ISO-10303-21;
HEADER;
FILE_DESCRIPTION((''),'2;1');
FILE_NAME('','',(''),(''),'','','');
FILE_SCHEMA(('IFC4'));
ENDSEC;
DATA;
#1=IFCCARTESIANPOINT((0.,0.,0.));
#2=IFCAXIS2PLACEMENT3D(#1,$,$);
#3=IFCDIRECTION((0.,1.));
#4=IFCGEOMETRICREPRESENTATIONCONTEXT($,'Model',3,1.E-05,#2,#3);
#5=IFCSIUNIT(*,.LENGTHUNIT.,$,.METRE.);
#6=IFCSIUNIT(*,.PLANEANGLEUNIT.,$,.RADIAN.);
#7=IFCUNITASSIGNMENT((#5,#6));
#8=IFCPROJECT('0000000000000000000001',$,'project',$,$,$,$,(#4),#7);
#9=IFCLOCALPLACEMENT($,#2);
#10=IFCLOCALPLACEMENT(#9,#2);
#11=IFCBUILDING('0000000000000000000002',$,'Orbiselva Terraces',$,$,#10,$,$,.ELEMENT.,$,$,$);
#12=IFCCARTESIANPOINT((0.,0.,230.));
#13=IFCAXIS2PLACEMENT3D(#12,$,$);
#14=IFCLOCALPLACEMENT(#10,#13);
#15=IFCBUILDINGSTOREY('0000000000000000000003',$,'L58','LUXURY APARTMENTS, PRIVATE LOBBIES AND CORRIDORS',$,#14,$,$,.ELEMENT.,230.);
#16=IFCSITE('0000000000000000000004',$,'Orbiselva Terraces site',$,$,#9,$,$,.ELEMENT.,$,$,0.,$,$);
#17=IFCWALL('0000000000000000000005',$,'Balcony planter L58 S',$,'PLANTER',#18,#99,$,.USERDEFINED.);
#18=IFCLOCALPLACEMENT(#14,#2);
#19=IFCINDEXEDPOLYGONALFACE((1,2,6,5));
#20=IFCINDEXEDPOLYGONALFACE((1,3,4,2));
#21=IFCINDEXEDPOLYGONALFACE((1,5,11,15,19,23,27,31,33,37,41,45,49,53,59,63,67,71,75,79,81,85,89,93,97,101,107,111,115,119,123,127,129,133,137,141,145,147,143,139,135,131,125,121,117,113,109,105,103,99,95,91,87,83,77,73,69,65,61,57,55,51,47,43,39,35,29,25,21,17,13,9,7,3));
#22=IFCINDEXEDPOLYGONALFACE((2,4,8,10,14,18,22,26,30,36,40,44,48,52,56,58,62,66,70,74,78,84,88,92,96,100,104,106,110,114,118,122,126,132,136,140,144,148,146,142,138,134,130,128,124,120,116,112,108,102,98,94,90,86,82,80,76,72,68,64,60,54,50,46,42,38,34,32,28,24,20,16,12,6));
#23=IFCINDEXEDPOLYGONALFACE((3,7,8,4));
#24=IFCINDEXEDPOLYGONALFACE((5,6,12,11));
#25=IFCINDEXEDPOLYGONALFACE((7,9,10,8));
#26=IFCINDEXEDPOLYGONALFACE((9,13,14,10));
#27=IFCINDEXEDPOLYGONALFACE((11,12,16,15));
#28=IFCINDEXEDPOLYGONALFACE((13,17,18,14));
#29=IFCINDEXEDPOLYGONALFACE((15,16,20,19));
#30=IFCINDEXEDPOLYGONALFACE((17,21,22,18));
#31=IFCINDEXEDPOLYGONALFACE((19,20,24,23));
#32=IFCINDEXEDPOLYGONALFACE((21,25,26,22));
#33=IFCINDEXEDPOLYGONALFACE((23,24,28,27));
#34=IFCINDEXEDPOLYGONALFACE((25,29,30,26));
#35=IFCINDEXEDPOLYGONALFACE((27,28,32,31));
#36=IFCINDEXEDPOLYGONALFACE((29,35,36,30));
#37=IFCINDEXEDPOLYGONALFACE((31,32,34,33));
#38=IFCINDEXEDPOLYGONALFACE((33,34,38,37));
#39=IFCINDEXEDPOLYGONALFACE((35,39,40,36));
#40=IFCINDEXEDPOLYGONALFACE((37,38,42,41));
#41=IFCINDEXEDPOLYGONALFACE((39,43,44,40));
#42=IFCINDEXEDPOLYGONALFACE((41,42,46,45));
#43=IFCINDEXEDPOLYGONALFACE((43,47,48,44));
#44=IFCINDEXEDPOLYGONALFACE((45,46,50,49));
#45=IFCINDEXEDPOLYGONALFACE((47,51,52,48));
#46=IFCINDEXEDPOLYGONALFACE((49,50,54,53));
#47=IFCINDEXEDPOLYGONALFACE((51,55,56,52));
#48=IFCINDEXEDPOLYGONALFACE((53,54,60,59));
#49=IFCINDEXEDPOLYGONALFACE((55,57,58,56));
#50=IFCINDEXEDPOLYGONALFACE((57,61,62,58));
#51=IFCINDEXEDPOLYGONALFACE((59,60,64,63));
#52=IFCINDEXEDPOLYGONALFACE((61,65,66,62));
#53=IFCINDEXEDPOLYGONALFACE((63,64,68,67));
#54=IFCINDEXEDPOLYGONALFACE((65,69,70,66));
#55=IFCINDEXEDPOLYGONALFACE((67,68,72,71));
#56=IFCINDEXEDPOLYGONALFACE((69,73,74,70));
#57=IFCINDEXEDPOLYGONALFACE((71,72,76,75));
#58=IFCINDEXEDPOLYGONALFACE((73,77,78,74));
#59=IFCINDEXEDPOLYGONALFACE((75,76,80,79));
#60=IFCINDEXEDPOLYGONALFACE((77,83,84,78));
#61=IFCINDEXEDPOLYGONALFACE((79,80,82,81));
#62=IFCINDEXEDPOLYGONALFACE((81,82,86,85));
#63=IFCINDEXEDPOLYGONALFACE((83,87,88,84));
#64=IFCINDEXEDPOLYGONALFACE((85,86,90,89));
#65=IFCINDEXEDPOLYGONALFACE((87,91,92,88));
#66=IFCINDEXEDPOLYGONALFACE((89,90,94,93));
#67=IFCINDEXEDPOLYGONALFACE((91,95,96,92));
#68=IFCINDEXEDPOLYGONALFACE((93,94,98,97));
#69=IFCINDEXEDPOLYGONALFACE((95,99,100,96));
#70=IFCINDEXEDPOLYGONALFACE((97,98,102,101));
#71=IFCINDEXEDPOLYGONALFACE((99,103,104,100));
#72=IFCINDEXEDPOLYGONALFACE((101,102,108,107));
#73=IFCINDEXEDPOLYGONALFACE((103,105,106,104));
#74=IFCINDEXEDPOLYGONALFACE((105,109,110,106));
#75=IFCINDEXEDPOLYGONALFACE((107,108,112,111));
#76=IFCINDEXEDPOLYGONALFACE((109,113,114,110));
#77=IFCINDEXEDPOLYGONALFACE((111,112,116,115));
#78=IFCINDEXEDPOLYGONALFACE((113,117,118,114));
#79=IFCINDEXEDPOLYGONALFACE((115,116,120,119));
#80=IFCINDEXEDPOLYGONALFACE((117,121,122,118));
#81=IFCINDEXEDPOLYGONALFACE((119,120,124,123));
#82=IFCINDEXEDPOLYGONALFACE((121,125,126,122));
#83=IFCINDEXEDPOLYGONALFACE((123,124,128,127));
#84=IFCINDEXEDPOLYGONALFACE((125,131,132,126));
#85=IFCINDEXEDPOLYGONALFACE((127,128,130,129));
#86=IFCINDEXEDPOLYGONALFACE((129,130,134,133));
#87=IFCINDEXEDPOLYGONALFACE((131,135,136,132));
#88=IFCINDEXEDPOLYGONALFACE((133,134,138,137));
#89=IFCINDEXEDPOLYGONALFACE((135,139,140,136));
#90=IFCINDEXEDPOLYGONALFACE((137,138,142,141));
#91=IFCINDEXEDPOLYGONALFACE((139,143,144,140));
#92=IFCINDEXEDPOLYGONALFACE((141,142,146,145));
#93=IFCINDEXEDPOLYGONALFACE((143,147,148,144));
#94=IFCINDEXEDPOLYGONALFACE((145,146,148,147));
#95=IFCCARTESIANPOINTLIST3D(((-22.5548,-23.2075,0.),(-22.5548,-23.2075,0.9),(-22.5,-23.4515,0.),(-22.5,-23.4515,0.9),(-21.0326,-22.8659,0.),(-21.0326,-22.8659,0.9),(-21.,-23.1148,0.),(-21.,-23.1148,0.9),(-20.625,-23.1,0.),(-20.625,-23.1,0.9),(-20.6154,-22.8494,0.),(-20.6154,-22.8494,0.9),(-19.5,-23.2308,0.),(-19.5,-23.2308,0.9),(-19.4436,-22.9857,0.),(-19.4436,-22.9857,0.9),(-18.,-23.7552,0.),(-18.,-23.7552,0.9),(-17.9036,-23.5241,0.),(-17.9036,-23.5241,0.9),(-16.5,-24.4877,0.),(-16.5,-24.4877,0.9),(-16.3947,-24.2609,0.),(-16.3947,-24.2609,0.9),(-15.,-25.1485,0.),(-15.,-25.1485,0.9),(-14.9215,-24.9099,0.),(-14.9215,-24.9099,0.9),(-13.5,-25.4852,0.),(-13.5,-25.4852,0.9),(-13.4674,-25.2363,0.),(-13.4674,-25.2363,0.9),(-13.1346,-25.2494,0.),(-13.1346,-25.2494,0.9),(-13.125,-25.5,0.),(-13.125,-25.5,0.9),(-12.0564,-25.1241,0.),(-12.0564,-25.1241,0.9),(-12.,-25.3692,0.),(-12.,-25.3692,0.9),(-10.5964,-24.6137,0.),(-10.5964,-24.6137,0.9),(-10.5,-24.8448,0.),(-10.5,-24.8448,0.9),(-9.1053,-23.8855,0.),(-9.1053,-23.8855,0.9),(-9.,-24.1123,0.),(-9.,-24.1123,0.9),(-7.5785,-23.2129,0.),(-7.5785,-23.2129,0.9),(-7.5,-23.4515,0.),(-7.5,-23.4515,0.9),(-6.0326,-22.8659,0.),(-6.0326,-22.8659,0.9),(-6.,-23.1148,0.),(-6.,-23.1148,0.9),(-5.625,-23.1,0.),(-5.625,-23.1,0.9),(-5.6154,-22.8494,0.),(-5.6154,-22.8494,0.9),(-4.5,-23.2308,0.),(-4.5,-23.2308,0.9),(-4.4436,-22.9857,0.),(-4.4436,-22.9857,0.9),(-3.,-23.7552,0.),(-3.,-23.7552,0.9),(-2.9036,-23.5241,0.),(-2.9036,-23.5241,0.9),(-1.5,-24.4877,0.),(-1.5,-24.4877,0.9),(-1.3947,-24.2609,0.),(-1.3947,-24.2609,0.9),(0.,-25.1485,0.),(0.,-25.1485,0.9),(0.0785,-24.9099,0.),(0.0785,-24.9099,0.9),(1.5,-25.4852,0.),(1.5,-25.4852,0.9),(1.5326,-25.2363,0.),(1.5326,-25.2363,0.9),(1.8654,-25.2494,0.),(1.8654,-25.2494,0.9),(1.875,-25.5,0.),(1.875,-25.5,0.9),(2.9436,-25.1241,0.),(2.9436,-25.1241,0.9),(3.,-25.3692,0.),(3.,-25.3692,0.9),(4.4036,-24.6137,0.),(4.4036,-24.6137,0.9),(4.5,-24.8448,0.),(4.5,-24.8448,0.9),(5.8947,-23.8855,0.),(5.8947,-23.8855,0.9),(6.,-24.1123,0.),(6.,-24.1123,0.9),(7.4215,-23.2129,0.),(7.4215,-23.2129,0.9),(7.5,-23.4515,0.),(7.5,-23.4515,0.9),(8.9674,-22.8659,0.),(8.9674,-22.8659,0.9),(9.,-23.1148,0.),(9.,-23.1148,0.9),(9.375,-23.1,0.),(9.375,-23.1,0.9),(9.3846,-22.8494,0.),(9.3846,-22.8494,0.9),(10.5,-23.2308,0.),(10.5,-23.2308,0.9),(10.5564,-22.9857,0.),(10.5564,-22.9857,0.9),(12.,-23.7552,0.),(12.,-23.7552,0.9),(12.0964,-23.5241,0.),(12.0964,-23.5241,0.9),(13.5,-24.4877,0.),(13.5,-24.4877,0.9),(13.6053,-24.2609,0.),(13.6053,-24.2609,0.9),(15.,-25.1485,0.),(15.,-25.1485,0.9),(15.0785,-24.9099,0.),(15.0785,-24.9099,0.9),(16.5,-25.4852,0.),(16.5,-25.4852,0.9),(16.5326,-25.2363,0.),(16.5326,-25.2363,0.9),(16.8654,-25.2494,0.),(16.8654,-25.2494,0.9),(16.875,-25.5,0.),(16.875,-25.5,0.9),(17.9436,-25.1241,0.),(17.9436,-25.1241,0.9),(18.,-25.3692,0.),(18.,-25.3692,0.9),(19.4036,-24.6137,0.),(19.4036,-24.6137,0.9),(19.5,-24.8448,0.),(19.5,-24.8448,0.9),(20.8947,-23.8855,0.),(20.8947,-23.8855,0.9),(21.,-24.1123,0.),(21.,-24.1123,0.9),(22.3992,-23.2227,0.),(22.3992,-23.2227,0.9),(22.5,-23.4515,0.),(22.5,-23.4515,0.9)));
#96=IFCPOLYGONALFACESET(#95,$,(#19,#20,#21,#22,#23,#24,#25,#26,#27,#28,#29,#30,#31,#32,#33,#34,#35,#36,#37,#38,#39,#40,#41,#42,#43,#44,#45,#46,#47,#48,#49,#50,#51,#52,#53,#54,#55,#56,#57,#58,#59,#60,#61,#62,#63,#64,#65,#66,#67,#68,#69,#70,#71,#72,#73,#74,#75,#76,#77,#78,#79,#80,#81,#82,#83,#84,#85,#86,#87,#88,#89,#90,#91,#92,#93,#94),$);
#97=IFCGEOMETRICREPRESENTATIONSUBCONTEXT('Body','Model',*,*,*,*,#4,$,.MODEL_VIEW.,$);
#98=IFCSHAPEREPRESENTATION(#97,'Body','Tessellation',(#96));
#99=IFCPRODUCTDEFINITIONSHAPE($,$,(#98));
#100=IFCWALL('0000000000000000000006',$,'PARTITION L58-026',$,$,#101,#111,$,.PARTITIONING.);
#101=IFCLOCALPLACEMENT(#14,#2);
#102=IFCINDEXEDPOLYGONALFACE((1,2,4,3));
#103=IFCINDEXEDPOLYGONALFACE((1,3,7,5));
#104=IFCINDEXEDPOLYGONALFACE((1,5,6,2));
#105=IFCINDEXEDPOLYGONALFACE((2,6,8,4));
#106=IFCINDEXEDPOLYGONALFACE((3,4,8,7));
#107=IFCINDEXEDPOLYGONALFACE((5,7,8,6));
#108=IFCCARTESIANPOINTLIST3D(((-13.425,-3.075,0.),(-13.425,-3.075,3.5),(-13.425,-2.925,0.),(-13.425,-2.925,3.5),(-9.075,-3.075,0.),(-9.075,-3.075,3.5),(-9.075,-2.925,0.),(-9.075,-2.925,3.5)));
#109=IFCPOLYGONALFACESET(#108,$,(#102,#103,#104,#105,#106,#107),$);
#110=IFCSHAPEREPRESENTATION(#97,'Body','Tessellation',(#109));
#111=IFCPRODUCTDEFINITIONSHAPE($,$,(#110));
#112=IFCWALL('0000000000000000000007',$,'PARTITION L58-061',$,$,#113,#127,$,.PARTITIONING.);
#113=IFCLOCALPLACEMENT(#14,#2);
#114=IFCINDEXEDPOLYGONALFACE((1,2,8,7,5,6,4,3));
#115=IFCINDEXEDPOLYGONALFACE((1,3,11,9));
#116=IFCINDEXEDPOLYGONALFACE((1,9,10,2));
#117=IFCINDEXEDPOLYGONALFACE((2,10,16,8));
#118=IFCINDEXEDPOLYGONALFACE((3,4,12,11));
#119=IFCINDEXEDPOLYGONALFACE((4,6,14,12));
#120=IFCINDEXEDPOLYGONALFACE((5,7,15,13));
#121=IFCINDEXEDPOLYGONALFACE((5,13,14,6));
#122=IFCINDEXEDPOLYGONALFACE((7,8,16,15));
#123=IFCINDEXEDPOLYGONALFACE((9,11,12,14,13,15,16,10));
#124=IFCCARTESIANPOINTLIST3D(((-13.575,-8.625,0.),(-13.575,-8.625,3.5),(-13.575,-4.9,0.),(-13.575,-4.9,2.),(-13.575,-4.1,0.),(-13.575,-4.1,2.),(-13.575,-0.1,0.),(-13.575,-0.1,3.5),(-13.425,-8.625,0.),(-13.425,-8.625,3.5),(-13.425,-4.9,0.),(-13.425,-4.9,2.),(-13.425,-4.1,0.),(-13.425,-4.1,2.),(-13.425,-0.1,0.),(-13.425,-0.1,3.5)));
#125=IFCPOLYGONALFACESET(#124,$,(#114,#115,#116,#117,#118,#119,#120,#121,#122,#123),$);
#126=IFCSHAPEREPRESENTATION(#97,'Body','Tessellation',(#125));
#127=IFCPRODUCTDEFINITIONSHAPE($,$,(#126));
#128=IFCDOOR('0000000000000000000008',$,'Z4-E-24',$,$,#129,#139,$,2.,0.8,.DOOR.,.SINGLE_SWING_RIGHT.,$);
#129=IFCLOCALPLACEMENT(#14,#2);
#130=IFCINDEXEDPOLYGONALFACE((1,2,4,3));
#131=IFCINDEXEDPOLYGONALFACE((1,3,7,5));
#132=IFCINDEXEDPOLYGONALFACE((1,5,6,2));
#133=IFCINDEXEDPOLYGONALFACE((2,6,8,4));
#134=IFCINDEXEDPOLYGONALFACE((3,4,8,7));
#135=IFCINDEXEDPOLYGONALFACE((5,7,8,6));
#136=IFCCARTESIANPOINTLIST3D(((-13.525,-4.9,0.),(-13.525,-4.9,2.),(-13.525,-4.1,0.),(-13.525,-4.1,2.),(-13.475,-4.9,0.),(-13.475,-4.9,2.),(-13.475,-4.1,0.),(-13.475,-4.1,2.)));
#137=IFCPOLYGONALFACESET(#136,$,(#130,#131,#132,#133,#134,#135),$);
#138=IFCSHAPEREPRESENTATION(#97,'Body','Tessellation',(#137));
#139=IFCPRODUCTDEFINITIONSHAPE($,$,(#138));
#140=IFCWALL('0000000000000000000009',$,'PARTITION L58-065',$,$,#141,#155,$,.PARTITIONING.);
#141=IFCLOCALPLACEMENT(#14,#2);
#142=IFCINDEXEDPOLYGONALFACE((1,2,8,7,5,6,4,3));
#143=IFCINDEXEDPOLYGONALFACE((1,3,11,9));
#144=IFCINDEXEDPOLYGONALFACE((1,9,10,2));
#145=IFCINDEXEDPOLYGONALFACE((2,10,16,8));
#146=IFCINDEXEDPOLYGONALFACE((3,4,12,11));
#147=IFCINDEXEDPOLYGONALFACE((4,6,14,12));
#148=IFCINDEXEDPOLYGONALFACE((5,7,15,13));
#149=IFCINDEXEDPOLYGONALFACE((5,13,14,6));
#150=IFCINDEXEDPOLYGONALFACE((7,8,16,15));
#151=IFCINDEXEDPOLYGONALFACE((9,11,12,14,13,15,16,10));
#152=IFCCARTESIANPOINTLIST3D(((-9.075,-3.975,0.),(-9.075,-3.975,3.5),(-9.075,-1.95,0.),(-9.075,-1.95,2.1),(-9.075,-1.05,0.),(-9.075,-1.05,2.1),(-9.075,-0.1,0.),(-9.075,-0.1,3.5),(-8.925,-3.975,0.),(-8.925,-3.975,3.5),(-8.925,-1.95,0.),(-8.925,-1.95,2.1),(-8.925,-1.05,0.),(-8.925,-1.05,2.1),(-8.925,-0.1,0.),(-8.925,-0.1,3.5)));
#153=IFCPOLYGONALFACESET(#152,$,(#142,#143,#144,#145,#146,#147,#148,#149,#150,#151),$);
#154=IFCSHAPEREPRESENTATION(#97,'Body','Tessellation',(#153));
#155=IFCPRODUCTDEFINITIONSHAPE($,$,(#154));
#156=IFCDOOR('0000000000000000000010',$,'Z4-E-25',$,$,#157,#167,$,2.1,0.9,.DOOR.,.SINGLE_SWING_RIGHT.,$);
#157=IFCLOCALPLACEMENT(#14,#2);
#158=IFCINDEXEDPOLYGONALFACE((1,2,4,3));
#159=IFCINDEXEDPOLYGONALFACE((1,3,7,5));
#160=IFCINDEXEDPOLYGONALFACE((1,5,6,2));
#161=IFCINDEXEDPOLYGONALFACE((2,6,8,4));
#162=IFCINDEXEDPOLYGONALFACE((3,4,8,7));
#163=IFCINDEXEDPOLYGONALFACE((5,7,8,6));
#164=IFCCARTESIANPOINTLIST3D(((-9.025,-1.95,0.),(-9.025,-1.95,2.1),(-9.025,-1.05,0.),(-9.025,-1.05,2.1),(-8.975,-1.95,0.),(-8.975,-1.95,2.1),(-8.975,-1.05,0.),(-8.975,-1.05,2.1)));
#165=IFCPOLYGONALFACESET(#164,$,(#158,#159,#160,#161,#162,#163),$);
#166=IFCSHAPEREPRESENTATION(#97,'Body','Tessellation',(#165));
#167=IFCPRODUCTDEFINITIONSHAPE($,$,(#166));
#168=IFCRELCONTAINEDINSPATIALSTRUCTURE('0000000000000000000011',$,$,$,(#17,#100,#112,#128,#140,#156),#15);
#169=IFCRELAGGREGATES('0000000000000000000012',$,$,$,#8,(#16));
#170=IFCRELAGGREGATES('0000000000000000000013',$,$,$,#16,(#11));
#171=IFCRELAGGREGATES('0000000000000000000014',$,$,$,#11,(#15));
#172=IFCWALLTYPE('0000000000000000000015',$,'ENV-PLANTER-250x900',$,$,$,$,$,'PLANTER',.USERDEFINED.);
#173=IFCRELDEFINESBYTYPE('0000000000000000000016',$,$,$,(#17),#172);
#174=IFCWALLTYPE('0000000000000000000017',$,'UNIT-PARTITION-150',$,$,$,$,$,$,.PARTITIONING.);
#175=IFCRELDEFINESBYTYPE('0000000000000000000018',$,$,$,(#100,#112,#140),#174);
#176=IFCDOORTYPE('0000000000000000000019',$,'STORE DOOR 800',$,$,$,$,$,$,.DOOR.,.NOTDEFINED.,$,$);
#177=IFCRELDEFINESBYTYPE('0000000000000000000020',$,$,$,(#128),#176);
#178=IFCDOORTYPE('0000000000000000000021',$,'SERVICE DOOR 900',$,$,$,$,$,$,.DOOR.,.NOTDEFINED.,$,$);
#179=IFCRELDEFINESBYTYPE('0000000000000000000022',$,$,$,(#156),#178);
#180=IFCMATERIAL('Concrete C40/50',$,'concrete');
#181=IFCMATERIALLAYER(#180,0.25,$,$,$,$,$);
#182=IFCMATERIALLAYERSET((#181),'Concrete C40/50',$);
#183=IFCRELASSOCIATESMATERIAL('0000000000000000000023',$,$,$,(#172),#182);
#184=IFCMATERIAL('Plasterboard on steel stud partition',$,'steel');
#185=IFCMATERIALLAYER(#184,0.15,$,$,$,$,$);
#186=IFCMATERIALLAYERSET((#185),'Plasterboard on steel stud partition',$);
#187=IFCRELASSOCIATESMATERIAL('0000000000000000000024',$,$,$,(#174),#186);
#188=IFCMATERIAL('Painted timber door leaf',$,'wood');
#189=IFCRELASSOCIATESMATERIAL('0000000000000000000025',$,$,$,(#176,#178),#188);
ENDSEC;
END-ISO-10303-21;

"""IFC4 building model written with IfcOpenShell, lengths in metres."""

from ifc_helpers import new_model, si_unit, direction, frame, frame_2d, origin, place, context, subcontext, project, spatial, polyline, rectangle, outline, extrude, material, layer, layer_set, type_object, element, fill, save


model = new_model("IFC4")

# Units and contexts
model_context = context("Model", 3, precision=1e-05, world=origin(), true_north=direction((0.0, 1.0)))
body_context = subcontext(model_context, "Body", "Model", "MODEL_VIEW")
ifc_project = project(units=[si_unit("LENGTHUNIT", "METRE"), si_unit("PLANEANGLEUNIT", "RADIAN")], contexts=[model_context])

# Site, building, storey
site_placement = place(None, origin())
site = spatial("IfcSite", under=ifc_project, at=site_placement, Name="Orbiselva Terraces site", CompositionType="ELEMENT", RefElevation=0.0)
building_placement = place(site_placement, origin())
building = spatial("IfcBuilding", under=site, at=building_placement, Name="Orbiselva Terraces", CompositionType="ELEMENT")
storey_placement = place(building_placement, frame((0.0, 0.0, 230.0)))
storey = spatial("IfcBuildingStorey", under=building, at=storey_placement, Name="L58", Description="LUXURY APARTMENTS, PRIVATE LOBBIES AND CORRIDORS", CompositionType="ELEMENT", Elevation=230.0)

# Walls
ifc_material_1 = material(Name="Concrete C40/50", Category="concrete")
ifc_layer_1 = layer(ifc_material_1, 0.25)
ifc_layer_set_1 = layer_set([ifc_layer_1], Name="Concrete C40/50")
wall_type_1 = type_object("IfcWallType", Name="ENV-PLANTER-250x900", ElementType="PLANTER", PredefinedType="USERDEFINED", material=ifc_layer_set_1)
wall_1_placement = place(storey_placement, origin())
element("IfcWall", 1, at=wall_1_placement, inside=storey, type_object=wall_type_1, Name="Balcony planter L58 S", ObjectType="PLANTER", PredefinedType="USERDEFINED", context=body_context, shape_type="SweptSolid", body=[
    extrude(outline(polyline([(-22.5, -23.4515), (-21.0, -23.1148), (-20.625, -23.1), (-19.5, -23.2308), (-18.0, -23.7552), (-16.5, -24.4877), (-15.0, -25.1485), (-13.5, -25.4852), (-13.125, -25.5), (-12.0, -25.3692), (-10.5, -24.8448), (-9.0, -24.1123), (-7.5, -23.4515), (-6.0, -23.1148), (-5.625, -23.1), (-4.5, -23.2308), (-3.0, -23.7552), (-1.5, -24.4877), (0.0, -25.1485), (1.5, -25.4852), (1.875, -25.5), (3.0, -25.3692), (4.5, -24.8448), (6.0, -24.1123), (7.5, -23.4515), (9.0, -23.1148), (9.375, -23.1), (10.5, -23.2308), (12.0, -23.7552), (13.5, -24.4877), (15.0, -25.1485), (16.5, -25.4852), (16.875, -25.5), (18.0, -25.3692), (19.5, -24.8448), (21.0, -24.1123), (22.5, -23.4515), (22.3992, -23.2227), (20.8947, -23.8855), (19.4036, -24.6137), (17.9436, -25.1241), (16.8654, -25.2494), (16.5326, -25.2363), (15.0785, -24.9099), (13.6053, -24.2609), (12.0964, -23.5241), (10.5564, -22.9857), (9.3846, -22.8494), (8.9674, -22.8659), (7.4215, -23.2129), (5.8947, -23.8855), (4.4036, -24.6137), (2.9436, -25.1241), (1.8654, -25.2494), (1.5326, -25.2363), (0.0785, -24.9099), (-1.3947, -24.2609), (-2.9036, -23.5241), (-4.4436, -22.9857), (-5.6154, -22.8494), (-6.0326, -22.8659), (-7.5785, -23.2129), (-9.1053, -23.8855), (-10.5964, -24.6137), (-12.0564, -25.1241), (-13.1346, -25.2494), (-13.4674, -25.2363), (-14.9215, -24.9099), (-16.3947, -24.2609), (-17.9036, -23.5241), (-19.4436, -22.9857), (-20.6154, -22.8494), (-21.0326, -22.8659), (-22.5548, -23.2075), (-22.5, -23.4515)])), origin(), (0.0, 0.0, 1.0), 0.9),
])
ifc_material_2 = material(Name="Plasterboard on steel stud partition", Category="steel")
ifc_layer_2 = layer(ifc_material_2, 0.15)
ifc_layer_set_2 = layer_set([ifc_layer_2], Name="Plasterboard on steel stud partition")
wall_type_2 = type_object("IfcWallType", Name="UNIT-PARTITION-150", PredefinedType="PARTITIONING", material=ifc_layer_set_2)
wall_2_placement = place(storey_placement, frame((-13.425, -3.0, 0.0), z_axis=(0.0, 0.0, 1.0), x_axis=(1.0, 0.0, 0.0)))
element("IfcWall", 2, at=wall_2_placement, inside=storey, type_object=wall_type_2, Name="PARTITION L58-026", PredefinedType="PARTITIONING", context=body_context, shape_type="SweptSolid", body=[
    extrude(rectangle(XDim=4.35, YDim=0.15, at=frame_2d((2.175, 0.0))), origin(), (0.0, 0.0, 1.0), 3.5),
])

# Walls, openings, doors
wall_3_placement = place(storey_placement, frame((-13.5, -0.1, 0.0), z_axis=(0.0, 0.0, 1.0), x_axis=(0.0, -1.0, 0.0)))
wall_3 = element("IfcWall", 3, at=wall_3_placement, inside=storey, type_object=wall_type_2, Name="PARTITION L58-061", PredefinedType="PARTITIONING", context=body_context, shape_type="SweptSolid", body=[
    extrude(rectangle(XDim=8.525, YDim=0.15, at=frame_2d((4.2625, 0.0))), origin(), (0.0, 0.0, 1.0), 3.5),
])
opening_1_placement = place(wall_3_placement, frame((4.0, 0.0, 0.0)))
opening_1 = element("IfcOpeningElement", 4, at=opening_1_placement, cuts=wall_3, PredefinedType="OPENING", context=body_context, shape_type="SweptSolid", body=[
    extrude(rectangle(XDim=0.8, YDim=2.0, at=frame_2d((0.4, 1.0))), frame((0.0, 0.085, 0.0), z_axis=(0.0, -1.0, 0.0), x_axis=(1.0, 0.0, 0.0)), (0.0, 0.0, 1.0), 0.17),
])
ifc_material_3 = material(Name="Painted timber door leaf", Category="wood")
door_type_1 = type_object("IfcDoorType", Name="STORE DOOR 800", OperationType="NOTDEFINED", PredefinedType="DOOR", material=ifc_material_3)
door_1_placement = place(opening_1_placement, origin())
door_1 = element("IfcDoor", 5, at=door_1_placement, inside=storey, type_object=door_type_1, Name="Z4-E-24", OperationType="SINGLE_SWING_RIGHT", OverallHeight=2.0, OverallWidth=0.8, PredefinedType="DOOR", context=body_context, shape_type="SweptSolid", body=[
    extrude(rectangle(XDim=0.8, YDim=2.0, at=frame_2d((0.4, 1.0))), frame((0.0, 0.025, 0.0), z_axis=(0.0, -1.0, 0.0), x_axis=(1.0, 0.0, 0.0)), (0.0, 0.0, 1.0), 0.05),
])
fill(opening_1, door_1)
wall_4_placement = place(storey_placement, frame((-9.0, -3.975, 0.0), z_axis=(0.0, 0.0, 1.0), x_axis=(0.0, 1.0, 0.0)))
wall_4 = element("IfcWall", 6, at=wall_4_placement, inside=storey, type_object=wall_type_2, Name="PARTITION L58-065", PredefinedType="PARTITIONING", context=body_context, shape_type="SweptSolid", body=[
    extrude(rectangle(XDim=3.875, YDim=0.15, at=frame_2d((1.9375, 0.0))), origin(), (0.0, 0.0, 1.0), 3.5),
])
opening_2_placement = place(wall_4_placement, frame((2.025, 0.0, 0.0)))
opening_2 = element("IfcOpeningElement", 7, at=opening_2_placement, cuts=wall_4, PredefinedType="OPENING", context=body_context, shape_type="SweptSolid", body=[
    extrude(rectangle(XDim=0.9, YDim=2.1, at=frame_2d((0.45, 1.05))), frame((0.0, 0.085, 0.0), z_axis=(0.0, -1.0, 0.0), x_axis=(1.0, 0.0, 0.0)), (0.0, 0.0, 1.0), 0.17),
])
door_type_2 = type_object("IfcDoorType", Name="SERVICE DOOR 900", OperationType="NOTDEFINED", PredefinedType="DOOR", material=ifc_material_3)
door_2_placement = place(opening_2_placement, origin())
door_2 = element("IfcDoor", 8, at=door_2_placement, inside=storey, type_object=door_type_2, Name="Z4-E-25", OperationType="SINGLE_SWING_RIGHT", OverallHeight=2.1, OverallWidth=0.9, PredefinedType="DOOR", context=body_context, shape_type="SweptSolid", body=[
    extrude(rectangle(XDim=0.9, YDim=2.1, at=frame_2d((0.45, 1.05))), frame((0.0, 0.025, 0.0), z_axis=(0.0, -1.0, 0.0), x_axis=(1.0, 0.0, 0.0)), (0.0, 0.0, 1.0), 0.05),
])
fill(opening_2, door_2)

save(model, "model.ifc")
